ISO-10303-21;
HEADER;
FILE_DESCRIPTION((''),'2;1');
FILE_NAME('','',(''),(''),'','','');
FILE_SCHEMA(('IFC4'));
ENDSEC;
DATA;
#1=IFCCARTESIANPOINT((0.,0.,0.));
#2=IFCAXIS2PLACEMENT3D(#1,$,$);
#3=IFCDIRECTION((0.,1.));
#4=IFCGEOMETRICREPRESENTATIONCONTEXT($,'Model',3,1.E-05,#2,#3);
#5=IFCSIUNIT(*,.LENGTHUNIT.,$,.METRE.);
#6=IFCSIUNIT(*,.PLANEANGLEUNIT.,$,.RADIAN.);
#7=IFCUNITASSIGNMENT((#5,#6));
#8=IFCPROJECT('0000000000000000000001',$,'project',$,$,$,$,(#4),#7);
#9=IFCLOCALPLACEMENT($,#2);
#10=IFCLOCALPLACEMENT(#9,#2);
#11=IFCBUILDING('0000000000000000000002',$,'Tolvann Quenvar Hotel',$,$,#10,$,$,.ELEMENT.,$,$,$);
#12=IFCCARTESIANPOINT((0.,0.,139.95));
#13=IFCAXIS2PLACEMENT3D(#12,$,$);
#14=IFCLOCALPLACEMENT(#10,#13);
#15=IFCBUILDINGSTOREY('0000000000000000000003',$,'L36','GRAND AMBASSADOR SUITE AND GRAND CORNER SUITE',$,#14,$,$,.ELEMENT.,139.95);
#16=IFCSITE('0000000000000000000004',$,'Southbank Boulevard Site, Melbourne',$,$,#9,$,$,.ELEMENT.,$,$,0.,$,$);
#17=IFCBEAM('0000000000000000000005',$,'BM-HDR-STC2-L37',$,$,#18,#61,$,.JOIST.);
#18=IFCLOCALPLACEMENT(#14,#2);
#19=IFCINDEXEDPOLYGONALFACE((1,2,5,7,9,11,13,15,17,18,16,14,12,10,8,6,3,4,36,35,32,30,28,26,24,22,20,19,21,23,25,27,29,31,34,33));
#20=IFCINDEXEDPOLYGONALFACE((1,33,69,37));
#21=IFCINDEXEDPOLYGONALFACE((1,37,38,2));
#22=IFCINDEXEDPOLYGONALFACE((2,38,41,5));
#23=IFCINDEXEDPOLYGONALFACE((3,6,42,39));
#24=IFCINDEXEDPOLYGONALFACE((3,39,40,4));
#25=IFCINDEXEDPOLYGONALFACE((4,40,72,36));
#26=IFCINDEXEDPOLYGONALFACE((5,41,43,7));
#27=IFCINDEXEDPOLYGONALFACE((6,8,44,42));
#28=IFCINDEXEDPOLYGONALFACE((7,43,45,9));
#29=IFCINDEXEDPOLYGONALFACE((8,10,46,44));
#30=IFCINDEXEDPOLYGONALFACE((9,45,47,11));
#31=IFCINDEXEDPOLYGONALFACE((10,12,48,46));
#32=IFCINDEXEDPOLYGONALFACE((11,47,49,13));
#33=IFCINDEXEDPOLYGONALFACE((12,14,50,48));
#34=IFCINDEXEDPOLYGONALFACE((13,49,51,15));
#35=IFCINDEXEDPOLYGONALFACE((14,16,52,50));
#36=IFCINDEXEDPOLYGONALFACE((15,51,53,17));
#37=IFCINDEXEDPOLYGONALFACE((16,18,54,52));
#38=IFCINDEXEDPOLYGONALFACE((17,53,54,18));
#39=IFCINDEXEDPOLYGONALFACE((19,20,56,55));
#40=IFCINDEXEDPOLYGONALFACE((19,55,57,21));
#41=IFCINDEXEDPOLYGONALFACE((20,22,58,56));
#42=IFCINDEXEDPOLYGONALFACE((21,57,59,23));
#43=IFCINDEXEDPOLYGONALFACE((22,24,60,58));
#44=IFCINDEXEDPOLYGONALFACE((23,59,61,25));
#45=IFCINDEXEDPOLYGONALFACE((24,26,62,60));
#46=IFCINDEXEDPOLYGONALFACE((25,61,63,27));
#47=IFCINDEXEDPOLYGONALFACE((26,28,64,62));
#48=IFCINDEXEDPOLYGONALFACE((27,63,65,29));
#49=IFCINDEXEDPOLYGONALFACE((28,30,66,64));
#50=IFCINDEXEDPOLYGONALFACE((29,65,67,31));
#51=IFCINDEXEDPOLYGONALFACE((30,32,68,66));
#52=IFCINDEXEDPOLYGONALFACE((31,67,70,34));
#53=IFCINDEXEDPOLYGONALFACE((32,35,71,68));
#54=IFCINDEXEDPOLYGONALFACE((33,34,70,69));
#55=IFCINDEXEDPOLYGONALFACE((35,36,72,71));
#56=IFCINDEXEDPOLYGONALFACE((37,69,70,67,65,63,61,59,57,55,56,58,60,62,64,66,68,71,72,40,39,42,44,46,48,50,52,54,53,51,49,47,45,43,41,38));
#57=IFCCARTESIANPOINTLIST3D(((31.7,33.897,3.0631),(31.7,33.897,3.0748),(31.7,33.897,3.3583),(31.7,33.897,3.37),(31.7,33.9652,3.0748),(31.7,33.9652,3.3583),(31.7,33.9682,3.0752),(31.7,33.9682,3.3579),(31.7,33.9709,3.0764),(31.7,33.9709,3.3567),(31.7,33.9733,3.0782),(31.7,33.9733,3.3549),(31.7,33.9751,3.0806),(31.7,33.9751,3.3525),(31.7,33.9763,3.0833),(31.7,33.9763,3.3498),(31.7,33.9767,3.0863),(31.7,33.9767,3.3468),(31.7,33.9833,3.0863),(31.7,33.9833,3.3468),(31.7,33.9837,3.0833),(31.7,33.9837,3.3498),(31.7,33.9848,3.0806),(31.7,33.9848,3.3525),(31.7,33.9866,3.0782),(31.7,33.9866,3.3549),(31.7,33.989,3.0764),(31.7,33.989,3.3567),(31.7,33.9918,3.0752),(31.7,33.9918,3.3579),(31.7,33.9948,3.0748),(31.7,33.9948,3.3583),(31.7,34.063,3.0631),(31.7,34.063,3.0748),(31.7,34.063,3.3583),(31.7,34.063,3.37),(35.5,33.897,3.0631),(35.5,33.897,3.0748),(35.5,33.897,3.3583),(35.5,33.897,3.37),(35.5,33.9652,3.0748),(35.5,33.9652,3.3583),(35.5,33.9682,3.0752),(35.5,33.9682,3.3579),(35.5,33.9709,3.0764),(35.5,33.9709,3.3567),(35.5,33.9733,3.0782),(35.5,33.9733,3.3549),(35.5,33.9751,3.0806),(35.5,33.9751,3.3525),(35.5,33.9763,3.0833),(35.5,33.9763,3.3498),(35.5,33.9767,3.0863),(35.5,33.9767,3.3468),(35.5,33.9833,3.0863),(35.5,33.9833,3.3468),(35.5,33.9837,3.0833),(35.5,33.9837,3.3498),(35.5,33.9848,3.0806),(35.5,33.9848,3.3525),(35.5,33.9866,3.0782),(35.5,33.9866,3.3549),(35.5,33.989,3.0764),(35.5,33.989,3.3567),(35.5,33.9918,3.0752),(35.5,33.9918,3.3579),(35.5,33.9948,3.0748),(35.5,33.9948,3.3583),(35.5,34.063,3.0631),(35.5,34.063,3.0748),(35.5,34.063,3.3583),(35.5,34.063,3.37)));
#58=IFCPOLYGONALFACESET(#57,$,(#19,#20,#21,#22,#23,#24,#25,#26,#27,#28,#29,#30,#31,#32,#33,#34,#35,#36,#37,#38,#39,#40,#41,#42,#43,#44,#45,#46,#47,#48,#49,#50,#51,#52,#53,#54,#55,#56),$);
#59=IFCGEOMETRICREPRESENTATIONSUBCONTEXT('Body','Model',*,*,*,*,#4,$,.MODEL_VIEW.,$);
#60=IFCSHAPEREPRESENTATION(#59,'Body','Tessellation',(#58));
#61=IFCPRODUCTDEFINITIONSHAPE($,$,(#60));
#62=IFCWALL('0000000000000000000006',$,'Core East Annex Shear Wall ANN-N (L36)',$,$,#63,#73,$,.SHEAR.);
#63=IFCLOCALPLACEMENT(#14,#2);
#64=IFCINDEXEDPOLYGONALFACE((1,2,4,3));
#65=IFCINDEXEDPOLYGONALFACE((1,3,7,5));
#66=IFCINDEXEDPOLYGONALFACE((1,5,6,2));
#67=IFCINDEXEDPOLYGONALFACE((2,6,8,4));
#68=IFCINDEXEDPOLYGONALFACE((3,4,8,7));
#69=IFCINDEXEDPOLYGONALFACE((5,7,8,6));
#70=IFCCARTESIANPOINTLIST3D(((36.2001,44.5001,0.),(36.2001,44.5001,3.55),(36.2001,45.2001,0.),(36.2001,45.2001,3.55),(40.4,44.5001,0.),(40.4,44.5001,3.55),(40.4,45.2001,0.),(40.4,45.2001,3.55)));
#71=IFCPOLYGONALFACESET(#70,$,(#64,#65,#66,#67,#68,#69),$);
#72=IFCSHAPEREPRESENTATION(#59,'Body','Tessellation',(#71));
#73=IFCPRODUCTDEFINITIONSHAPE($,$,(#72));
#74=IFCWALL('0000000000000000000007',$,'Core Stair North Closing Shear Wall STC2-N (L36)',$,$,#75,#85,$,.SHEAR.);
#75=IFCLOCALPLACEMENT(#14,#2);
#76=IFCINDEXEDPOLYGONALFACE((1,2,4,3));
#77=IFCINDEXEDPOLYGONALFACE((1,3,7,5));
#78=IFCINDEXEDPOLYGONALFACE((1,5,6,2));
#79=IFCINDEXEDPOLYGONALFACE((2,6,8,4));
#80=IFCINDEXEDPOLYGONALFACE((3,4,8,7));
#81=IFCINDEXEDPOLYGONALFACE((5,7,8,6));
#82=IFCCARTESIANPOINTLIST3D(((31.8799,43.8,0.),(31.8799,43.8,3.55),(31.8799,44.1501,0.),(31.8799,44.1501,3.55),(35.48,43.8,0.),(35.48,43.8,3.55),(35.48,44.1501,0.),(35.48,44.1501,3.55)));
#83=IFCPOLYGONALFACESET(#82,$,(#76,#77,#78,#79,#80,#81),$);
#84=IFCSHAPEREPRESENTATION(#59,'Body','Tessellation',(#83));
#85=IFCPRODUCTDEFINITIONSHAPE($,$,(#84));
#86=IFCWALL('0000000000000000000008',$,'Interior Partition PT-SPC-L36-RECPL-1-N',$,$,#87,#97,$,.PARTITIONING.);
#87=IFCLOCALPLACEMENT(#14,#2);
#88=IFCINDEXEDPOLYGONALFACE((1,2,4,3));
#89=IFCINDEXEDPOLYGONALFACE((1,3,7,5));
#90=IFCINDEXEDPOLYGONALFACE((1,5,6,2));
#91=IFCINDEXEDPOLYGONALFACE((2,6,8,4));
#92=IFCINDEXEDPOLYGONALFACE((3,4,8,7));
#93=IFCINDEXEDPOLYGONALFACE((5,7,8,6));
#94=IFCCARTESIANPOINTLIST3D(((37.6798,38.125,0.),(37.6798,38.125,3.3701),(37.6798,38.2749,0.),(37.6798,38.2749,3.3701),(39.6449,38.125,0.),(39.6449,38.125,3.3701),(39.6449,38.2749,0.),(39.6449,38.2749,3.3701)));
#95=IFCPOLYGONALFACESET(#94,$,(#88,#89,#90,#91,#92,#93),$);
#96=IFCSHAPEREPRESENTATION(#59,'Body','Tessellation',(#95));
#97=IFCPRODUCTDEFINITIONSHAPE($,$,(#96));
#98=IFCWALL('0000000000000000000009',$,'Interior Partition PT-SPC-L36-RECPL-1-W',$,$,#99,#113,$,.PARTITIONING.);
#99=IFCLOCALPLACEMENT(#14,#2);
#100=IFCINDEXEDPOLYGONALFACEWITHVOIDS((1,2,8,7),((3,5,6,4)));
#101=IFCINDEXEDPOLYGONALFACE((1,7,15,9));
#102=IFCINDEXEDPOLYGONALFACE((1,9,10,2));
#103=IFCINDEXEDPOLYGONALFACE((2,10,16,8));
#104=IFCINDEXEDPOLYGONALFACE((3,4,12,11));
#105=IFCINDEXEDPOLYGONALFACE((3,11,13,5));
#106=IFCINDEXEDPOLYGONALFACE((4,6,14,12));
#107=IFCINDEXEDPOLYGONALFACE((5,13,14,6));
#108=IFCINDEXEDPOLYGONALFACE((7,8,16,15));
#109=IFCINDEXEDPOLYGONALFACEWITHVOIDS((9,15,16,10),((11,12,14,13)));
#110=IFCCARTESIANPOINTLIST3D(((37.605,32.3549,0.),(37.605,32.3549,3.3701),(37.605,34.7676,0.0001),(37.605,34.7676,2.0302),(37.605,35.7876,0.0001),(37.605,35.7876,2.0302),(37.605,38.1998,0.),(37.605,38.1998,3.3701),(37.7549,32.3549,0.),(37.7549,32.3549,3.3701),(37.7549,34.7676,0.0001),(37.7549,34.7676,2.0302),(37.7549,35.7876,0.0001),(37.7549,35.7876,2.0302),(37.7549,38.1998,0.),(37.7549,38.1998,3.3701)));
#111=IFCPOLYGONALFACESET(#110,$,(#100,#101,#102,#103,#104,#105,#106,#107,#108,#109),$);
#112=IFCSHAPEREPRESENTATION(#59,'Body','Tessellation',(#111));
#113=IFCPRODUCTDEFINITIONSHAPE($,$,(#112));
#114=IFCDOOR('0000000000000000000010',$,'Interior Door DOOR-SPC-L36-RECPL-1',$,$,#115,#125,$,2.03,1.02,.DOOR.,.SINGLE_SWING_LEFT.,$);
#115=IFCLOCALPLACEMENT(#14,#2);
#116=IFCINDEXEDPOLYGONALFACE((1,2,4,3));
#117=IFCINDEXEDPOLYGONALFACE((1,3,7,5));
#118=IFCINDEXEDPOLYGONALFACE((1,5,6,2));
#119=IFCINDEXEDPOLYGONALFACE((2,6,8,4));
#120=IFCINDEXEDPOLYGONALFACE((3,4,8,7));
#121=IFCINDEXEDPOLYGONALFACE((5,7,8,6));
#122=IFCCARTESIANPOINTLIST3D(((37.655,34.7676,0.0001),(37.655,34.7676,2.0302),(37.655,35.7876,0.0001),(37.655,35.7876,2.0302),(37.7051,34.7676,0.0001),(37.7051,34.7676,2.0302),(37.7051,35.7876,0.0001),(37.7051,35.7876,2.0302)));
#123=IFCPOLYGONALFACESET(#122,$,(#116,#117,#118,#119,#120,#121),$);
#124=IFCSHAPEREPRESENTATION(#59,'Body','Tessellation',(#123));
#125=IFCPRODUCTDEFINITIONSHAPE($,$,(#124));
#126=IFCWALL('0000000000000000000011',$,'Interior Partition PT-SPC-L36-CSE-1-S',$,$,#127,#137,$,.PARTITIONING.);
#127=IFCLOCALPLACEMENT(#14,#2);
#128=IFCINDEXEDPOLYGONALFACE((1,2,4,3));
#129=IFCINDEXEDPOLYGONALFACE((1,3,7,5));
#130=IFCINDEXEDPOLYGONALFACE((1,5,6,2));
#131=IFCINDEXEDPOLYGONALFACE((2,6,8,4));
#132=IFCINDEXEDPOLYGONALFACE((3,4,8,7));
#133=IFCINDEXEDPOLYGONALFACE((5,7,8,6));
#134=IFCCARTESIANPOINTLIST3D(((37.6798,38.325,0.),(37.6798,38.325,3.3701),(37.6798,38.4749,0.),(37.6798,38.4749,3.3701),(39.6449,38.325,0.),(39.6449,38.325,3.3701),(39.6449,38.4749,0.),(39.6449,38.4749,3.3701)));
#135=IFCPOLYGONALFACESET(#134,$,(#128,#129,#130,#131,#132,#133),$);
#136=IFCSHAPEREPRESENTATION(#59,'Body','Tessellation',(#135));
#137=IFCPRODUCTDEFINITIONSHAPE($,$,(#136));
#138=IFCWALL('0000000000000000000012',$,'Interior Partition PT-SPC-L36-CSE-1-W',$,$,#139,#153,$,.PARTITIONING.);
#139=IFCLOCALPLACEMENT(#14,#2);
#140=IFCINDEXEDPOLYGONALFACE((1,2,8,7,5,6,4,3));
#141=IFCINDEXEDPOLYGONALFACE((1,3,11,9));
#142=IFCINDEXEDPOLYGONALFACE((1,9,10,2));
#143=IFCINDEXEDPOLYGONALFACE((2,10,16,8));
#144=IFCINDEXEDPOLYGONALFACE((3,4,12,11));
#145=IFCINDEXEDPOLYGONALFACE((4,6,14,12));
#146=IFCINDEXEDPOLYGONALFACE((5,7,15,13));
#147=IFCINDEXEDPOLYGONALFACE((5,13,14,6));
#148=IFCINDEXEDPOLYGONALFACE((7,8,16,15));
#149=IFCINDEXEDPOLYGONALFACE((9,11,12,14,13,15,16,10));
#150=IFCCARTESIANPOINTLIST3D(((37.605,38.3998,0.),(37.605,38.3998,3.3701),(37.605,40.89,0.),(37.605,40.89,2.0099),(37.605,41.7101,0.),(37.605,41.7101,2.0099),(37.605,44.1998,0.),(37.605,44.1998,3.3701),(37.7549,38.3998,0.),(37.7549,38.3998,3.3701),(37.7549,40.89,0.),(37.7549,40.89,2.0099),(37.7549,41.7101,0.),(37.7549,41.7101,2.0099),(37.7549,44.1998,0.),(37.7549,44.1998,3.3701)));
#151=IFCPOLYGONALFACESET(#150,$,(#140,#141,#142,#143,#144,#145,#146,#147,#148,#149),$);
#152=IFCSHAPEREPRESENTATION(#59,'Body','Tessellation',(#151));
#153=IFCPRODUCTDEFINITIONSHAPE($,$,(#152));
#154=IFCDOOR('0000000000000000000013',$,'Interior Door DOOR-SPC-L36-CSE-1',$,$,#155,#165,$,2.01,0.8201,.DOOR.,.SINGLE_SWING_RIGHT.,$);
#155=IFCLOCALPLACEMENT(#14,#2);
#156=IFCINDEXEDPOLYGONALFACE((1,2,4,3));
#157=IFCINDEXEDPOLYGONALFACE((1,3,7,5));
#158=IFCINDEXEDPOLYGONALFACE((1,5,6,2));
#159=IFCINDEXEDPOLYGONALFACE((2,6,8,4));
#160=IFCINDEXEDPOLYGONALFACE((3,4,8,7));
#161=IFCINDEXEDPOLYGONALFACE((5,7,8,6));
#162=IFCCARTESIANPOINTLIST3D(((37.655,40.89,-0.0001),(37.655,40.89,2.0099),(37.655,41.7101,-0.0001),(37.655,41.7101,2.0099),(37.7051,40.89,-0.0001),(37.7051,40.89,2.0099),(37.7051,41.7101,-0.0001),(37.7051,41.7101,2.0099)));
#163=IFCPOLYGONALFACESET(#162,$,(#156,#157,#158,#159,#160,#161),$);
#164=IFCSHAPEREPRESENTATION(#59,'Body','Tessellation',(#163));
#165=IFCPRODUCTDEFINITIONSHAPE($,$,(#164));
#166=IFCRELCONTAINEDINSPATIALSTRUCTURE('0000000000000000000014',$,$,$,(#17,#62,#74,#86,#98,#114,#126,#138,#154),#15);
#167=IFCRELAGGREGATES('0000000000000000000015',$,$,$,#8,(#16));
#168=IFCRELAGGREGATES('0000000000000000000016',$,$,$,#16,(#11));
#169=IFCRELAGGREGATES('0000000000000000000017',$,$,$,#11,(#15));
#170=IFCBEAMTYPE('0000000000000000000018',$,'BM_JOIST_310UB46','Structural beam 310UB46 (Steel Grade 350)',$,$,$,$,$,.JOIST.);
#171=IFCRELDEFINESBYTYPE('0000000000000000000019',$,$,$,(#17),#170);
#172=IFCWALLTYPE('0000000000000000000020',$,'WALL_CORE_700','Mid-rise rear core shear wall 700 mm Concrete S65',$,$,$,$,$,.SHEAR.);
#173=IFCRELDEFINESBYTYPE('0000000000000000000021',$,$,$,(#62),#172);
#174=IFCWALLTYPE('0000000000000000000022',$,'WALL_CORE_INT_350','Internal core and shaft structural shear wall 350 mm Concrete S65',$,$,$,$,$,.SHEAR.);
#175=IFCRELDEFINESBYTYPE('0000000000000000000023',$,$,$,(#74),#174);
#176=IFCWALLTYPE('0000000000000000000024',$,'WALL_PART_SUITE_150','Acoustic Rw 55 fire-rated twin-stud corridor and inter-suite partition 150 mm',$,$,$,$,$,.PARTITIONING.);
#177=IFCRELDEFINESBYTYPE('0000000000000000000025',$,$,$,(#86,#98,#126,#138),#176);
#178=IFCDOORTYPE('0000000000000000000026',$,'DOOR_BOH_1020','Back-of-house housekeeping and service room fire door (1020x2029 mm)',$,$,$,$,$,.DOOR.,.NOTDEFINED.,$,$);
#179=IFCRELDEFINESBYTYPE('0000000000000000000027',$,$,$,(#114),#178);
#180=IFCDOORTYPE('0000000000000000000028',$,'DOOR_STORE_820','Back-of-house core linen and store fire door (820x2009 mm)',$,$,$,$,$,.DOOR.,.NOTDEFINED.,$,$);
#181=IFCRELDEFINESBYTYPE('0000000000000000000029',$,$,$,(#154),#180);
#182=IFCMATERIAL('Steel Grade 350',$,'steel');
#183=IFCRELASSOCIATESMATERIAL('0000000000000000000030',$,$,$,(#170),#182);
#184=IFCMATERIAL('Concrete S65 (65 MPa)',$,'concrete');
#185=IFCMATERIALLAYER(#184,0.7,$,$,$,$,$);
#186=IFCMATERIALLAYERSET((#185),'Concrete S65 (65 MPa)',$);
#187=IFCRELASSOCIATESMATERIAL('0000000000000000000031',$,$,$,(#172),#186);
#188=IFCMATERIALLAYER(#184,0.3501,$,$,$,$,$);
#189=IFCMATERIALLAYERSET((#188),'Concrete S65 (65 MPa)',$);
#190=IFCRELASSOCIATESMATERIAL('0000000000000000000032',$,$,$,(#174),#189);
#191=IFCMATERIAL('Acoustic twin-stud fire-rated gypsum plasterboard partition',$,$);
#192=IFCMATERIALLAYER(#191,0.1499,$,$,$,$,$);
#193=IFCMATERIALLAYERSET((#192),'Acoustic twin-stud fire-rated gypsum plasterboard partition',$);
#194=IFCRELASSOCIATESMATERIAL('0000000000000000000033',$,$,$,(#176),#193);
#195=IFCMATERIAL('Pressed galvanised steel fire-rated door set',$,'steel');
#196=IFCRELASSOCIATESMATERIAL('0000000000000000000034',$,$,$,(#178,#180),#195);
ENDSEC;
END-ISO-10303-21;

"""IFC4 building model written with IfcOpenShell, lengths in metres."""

from ifc_helpers import new_model, si_unit, direction, frame, frame_2d, origin, origin_2d, place, context, subcontext, project, spatial, rectangle, i_section, extrude, source, transform, mapped, material, layer, layer_set, material_profile, profile_set, type_object, type_shapes, element, fill, save


model = new_model("IFC4")

# Units and contexts
model_context = context("Model", 3, precision=1e-05, world=origin(), true_north=direction((0.0, 1.0)))
body_context = subcontext(model_context, "Body", "Model", "MODEL_VIEW")
ifc_project = project(units=[si_unit("LENGTHUNIT", "METRE"), si_unit("PLANEANGLEUNIT", "RADIAN")], contexts=[model_context])

# Site, building, storey
site_placement = place(None, origin())
site = spatial("IfcSite", under=ifc_project, at=site_placement, Name="Southbank Boulevard Site, Melbourne", CompositionType="ELEMENT", RefElevation=0.0)
building_placement = place(site_placement, origin())
building = spatial("IfcBuilding", under=site, at=building_placement, Name="Tolvann Quenvar Hotel", CompositionType="ELEMENT")
storey_placement = place(building_placement, frame((0.0, 0.0, 139.95)))
storey = spatial("IfcBuildingStorey", under=building, at=storey_placement, Name="L36", Description="GRAND AMBASSADOR SUITE AND GRAND CORNER SUITE", CompositionType="ELEMENT", Elevation=139.95)

# Beam
ifc_material_1 = material(Name="Steel Grade 350", Category="steel")
ifc_material_profile = material_profile(ifc_material_1, i_section(OverallWidth=0.166, OverallDepth=0.3069, WebThickness=0.0066, FlangeThickness=0.0117, FilletRadius=0.0115, at=origin_2d()), Name="310UB46")
ifc_profile_set = profile_set([ifc_material_profile], Name="Steel Grade 350")
beam_type = type_object("IfcBeamType", Name="BM_JOIST_310UB46", Description="Structural beam 310UB46 (Steel Grade 350)", PredefinedType="JOIST", material=ifc_profile_set)
shared_shape_1 = source(origin(), body_context, "Body", "SweptSolid", [
    extrude(i_section(OverallWidth=0.166, OverallDepth=0.3069, WebThickness=0.0066, FlangeThickness=0.0117, FilletRadius=0.0115, at=origin_2d()), origin(), (0.0, 0.0, 1.0), 3.8),
])
type_shapes(beam_type, [shared_shape_1])
beam_placement = place(storey_placement, frame((31.7, 33.98, 3.2166), z_axis=(1.0, 0.0, 0.0), x_axis=(0.0, 1.0, 0.0)))
element("IfcBeam", 1, at=beam_placement, inside=storey, type_object=beam_type, Name="BM-HDR-STC2-L37", PredefinedType="JOIST", context=body_context, shape_type="MappedRepresentation", body=[
    mapped(shared_shape_1, transform((0.0, 0.0, 0.0), x_axis=(1.0, 0.0, 0.0), y_axis=(0.0, 1.0, 0.0), z_axis=(0.0, 0.0, 1.0), scale=1.0)),
])

# Walls
ifc_material_2 = material(Name="Concrete S65 (65 MPa)", Category="concrete")
ifc_layer_1 = layer(ifc_material_2, 0.7)
ifc_layer_set_1 = layer_set([ifc_layer_1], Name="Concrete S65 (65 MPa)")
wall_type_1 = type_object("IfcWallType", Name="WALL_CORE_700", Description="Mid-rise rear core shear wall 700 mm Concrete S65", PredefinedType="SHEAR", material=ifc_layer_set_1)
wall_1_placement = place(storey_placement, frame((36.2, 44.8501, 0.0), z_axis=(0.0, 0.0, 1.0), x_axis=(1.0, 0.0, 0.0)))
element("IfcWall", 2, at=wall_1_placement, inside=storey, type_object=wall_type_1, Name="Core East Annex Shear Wall ANN-N (L36)", PredefinedType="SHEAR", context=body_context, shape_type="SweptSolid", body=[
    extrude(rectangle(XDim=4.2, YDim=0.7, at=frame_2d((2.1001, 0.0))), origin(), (0.0, 0.0, 1.0), 3.55),
])
ifc_layer_2 = layer(ifc_material_2, 0.3501)
ifc_layer_set_2 = layer_set([ifc_layer_2], Name="Concrete S65 (65 MPa)")
wall_type_2 = type_object("IfcWallType", Name="WALL_CORE_INT_350", Description="Internal core and shaft structural shear wall 350 mm Concrete S65", PredefinedType="SHEAR", material=ifc_layer_set_2)
wall_2_placement = place(storey_placement, frame((31.8799, 43.9751, 0.0), z_axis=(0.0, 0.0, 1.0), x_axis=(1.0, 0.0, 0.0)))
element("IfcWall", 3, at=wall_2_placement, inside=storey, type_object=wall_type_2, Name="Core Stair North Closing Shear Wall STC2-N (L36)", PredefinedType="SHEAR", context=body_context, shape_type="SweptSolid", body=[
    extrude(rectangle(XDim=3.6001, YDim=0.3501, at=frame_2d((1.8, 0.0))), origin(), (0.0, 0.0, 1.0), 3.55),
])
ifc_material_3 = material(Name="Acoustic twin-stud fire-rated gypsum plasterboard partition")
ifc_layer_3 = layer(ifc_material_3, 0.1499)
ifc_layer_set_3 = layer_set([ifc_layer_3], Name="Acoustic twin-stud fire-rated gypsum plasterboard partition")
wall_type_3 = type_object("IfcWallType", Name="WALL_PART_SUITE_150", Description="Acoustic Rw 55 fire-rated twin-stud corridor and inter-suite partition 150 mm", PredefinedType="PARTITIONING", material=ifc_layer_set_3)
wall_3_placement = place(storey_placement, frame((37.6799, 38.2, 0.0), z_axis=(0.0, 0.0, 1.0), x_axis=(1.0, 0.0, 0.0)))
element("IfcWall", 4, at=wall_3_placement, inside=storey, type_object=wall_type_3, Name="Interior Partition PT-SPC-L36-RECPL-1-N", PredefinedType="PARTITIONING", context=body_context, shape_type="SweptSolid", body=[
    extrude(rectangle(XDim=1.9651, YDim=0.1499, at=frame_2d((0.9824, 0.0))), origin(), (0.0, 0.0, 1.0), 3.3701),
])

# Wall, opening, door
wall_4_placement = place(storey_placement, frame((37.6799, 32.355, 0.0), z_axis=(0.0, 0.0, 1.0), x_axis=(0.0, 1.0, 0.0)))
wall_4 = element("IfcWall", 5, at=wall_4_placement, inside=storey, type_object=wall_type_3, Name="Interior Partition PT-SPC-L36-RECPL-1-W", PredefinedType="PARTITIONING", context=body_context, shape_type="SweptSolid", body=[
    extrude(rectangle(XDim=5.845, YDim=0.1499, at=frame_2d((2.9224, 0.0))), origin(), (0.0, 0.0, 1.0), 3.3701),
])
opening_1_placement = place(wall_4_placement, frame((2.4126, 0.0, 0.0)))
opening_1 = element("IfcOpeningElement", 6, at=opening_1_placement, cuts=wall_4, PredefinedType="OPENING", context=body_context, shape_type="SweptSolid", body=[
    extrude(rectangle(XDim=1.02, YDim=2.03, at=frame_2d((0.51, 1.0151))), frame((0.0, 0.085, 0.0), z_axis=(0.0, -1.0, 0.0), x_axis=(1.0, 0.0, 0.0)), (0.0, 0.0, 1.0), 0.1699),
])
ifc_material_4 = material(Name="Pressed galvanised steel fire-rated door set", Category="steel")
door_type_1 = type_object("IfcDoorType", Name="DOOR_BOH_1020", Description="Back-of-house housekeeping and service room fire door (1020x2029 mm)", OperationType="NOTDEFINED", PredefinedType="DOOR", material=ifc_material_4)
shared_shape_2 = source(origin(), body_context, "Body", "SweptSolid", [
    extrude(rectangle(XDim=1.02, YDim=2.03, at=frame_2d((0.51, 1.0151))), frame((0.0, 0.0249, 0.0), z_axis=(0.0, -1.0, 0.0), x_axis=(1.0, 0.0, 0.0)), (0.0, 0.0, 1.0), 0.05),
])
type_shapes(door_type_1, [shared_shape_2])
door_1_placement = place(opening_1_placement, origin())
door_1 = element("IfcDoor", 7, at=door_1_placement, inside=storey, type_object=door_type_1, Name="Interior Door DOOR-SPC-L36-RECPL-1", OperationType="SINGLE_SWING_LEFT", OverallHeight=2.03, OverallWidth=1.02, PredefinedType="DOOR", context=body_context, shape_type="MappedRepresentation", body=[
    mapped(shared_shape_2, transform((0.0, 0.0, 0.0), x_axis=(1.0, 0.0, 0.0), y_axis=(0.0, 1.0, 0.0), z_axis=(0.0, 0.0, 1.0), scale=1.0)),
])
fill(opening_1, door_1)

# Wall
wall_5_placement = place(storey_placement, frame((37.6799, 38.3999, 0.0), z_axis=(0.0, 0.0, 1.0), x_axis=(1.0, 0.0, 0.0)))
element("IfcWall", 8, at=wall_5_placement, inside=storey, type_object=wall_type_3, Name="Interior Partition PT-SPC-L36-CSE-1-S", PredefinedType="PARTITIONING", context=body_context, shape_type="SweptSolid", body=[
    extrude(rectangle(XDim=1.9651, YDim=0.1499, at=frame_2d((0.9824, 0.0))), origin(), (0.0, 0.0, 1.0), 3.3701),
])

# Wall, opening, door
wall_6_placement = place(storey_placement, frame((37.6799, 38.3999, 0.0), z_axis=(0.0, 0.0, 1.0), x_axis=(0.0, 1.0, 0.0)))
wall_6 = element("IfcWall", 9, at=wall_6_placement, inside=storey, type_object=wall_type_3, Name="Interior Partition PT-SPC-L36-CSE-1-W", PredefinedType="PARTITIONING", context=body_context, shape_type="SweptSolid", body=[
    extrude(rectangle(XDim=5.8, YDim=0.1499, at=frame_2d((2.8999, 0.0))), origin(), (0.0, 0.0, 1.0), 3.3701),
])
opening_2_placement = place(wall_6_placement, frame((2.49, 0.0, 0.0)))
opening_2 = element("IfcOpeningElement", 10, at=opening_2_placement, cuts=wall_6, PredefinedType="OPENING", context=body_context, shape_type="SweptSolid", body=[
    extrude(rectangle(XDim=0.8201, YDim=2.01, at=frame_2d((0.4102, 1.0049))), frame((0.0, 0.085, 0.0), z_axis=(0.0, -1.0, 0.0), x_axis=(1.0, 0.0, 0.0)), (0.0, 0.0, 1.0), 0.1699),
])
door_type_2 = type_object("IfcDoorType", Name="DOOR_STORE_820", Description="Back-of-house core linen and store fire door (820x2009 mm)", OperationType="NOTDEFINED", PredefinedType="DOOR", material=ifc_material_4)
shared_shape_3 = source(origin(), body_context, "Body", "SweptSolid", [
    extrude(rectangle(XDim=0.8201, YDim=2.01, at=frame_2d((0.4102, 1.0049))), frame((0.0, 0.0249, 0.0), z_axis=(0.0, -1.0, 0.0), x_axis=(1.0, 0.0, 0.0)), (0.0, 0.0, 1.0), 0.05),
])
type_shapes(door_type_2, [shared_shape_3])
door_2_placement = place(opening_2_placement, origin())
door_2 = element("IfcDoor", 11, at=door_2_placement, inside=storey, type_object=door_type_2, Name="Interior Door DOOR-SPC-L36-CSE-1", OperationType="SINGLE_SWING_RIGHT", OverallHeight=2.01, OverallWidth=0.8201, PredefinedType="DOOR", context=body_context, shape_type="MappedRepresentation", body=[
    mapped(shared_shape_3, transform((0.0, 0.0, 0.0), x_axis=(1.0, 0.0, 0.0), y_axis=(0.0, 1.0, 0.0), z_axis=(0.0, 0.0, 1.0), scale=1.0)),
])
fill(opening_2, door_2)

save(model, "model.ifc")
